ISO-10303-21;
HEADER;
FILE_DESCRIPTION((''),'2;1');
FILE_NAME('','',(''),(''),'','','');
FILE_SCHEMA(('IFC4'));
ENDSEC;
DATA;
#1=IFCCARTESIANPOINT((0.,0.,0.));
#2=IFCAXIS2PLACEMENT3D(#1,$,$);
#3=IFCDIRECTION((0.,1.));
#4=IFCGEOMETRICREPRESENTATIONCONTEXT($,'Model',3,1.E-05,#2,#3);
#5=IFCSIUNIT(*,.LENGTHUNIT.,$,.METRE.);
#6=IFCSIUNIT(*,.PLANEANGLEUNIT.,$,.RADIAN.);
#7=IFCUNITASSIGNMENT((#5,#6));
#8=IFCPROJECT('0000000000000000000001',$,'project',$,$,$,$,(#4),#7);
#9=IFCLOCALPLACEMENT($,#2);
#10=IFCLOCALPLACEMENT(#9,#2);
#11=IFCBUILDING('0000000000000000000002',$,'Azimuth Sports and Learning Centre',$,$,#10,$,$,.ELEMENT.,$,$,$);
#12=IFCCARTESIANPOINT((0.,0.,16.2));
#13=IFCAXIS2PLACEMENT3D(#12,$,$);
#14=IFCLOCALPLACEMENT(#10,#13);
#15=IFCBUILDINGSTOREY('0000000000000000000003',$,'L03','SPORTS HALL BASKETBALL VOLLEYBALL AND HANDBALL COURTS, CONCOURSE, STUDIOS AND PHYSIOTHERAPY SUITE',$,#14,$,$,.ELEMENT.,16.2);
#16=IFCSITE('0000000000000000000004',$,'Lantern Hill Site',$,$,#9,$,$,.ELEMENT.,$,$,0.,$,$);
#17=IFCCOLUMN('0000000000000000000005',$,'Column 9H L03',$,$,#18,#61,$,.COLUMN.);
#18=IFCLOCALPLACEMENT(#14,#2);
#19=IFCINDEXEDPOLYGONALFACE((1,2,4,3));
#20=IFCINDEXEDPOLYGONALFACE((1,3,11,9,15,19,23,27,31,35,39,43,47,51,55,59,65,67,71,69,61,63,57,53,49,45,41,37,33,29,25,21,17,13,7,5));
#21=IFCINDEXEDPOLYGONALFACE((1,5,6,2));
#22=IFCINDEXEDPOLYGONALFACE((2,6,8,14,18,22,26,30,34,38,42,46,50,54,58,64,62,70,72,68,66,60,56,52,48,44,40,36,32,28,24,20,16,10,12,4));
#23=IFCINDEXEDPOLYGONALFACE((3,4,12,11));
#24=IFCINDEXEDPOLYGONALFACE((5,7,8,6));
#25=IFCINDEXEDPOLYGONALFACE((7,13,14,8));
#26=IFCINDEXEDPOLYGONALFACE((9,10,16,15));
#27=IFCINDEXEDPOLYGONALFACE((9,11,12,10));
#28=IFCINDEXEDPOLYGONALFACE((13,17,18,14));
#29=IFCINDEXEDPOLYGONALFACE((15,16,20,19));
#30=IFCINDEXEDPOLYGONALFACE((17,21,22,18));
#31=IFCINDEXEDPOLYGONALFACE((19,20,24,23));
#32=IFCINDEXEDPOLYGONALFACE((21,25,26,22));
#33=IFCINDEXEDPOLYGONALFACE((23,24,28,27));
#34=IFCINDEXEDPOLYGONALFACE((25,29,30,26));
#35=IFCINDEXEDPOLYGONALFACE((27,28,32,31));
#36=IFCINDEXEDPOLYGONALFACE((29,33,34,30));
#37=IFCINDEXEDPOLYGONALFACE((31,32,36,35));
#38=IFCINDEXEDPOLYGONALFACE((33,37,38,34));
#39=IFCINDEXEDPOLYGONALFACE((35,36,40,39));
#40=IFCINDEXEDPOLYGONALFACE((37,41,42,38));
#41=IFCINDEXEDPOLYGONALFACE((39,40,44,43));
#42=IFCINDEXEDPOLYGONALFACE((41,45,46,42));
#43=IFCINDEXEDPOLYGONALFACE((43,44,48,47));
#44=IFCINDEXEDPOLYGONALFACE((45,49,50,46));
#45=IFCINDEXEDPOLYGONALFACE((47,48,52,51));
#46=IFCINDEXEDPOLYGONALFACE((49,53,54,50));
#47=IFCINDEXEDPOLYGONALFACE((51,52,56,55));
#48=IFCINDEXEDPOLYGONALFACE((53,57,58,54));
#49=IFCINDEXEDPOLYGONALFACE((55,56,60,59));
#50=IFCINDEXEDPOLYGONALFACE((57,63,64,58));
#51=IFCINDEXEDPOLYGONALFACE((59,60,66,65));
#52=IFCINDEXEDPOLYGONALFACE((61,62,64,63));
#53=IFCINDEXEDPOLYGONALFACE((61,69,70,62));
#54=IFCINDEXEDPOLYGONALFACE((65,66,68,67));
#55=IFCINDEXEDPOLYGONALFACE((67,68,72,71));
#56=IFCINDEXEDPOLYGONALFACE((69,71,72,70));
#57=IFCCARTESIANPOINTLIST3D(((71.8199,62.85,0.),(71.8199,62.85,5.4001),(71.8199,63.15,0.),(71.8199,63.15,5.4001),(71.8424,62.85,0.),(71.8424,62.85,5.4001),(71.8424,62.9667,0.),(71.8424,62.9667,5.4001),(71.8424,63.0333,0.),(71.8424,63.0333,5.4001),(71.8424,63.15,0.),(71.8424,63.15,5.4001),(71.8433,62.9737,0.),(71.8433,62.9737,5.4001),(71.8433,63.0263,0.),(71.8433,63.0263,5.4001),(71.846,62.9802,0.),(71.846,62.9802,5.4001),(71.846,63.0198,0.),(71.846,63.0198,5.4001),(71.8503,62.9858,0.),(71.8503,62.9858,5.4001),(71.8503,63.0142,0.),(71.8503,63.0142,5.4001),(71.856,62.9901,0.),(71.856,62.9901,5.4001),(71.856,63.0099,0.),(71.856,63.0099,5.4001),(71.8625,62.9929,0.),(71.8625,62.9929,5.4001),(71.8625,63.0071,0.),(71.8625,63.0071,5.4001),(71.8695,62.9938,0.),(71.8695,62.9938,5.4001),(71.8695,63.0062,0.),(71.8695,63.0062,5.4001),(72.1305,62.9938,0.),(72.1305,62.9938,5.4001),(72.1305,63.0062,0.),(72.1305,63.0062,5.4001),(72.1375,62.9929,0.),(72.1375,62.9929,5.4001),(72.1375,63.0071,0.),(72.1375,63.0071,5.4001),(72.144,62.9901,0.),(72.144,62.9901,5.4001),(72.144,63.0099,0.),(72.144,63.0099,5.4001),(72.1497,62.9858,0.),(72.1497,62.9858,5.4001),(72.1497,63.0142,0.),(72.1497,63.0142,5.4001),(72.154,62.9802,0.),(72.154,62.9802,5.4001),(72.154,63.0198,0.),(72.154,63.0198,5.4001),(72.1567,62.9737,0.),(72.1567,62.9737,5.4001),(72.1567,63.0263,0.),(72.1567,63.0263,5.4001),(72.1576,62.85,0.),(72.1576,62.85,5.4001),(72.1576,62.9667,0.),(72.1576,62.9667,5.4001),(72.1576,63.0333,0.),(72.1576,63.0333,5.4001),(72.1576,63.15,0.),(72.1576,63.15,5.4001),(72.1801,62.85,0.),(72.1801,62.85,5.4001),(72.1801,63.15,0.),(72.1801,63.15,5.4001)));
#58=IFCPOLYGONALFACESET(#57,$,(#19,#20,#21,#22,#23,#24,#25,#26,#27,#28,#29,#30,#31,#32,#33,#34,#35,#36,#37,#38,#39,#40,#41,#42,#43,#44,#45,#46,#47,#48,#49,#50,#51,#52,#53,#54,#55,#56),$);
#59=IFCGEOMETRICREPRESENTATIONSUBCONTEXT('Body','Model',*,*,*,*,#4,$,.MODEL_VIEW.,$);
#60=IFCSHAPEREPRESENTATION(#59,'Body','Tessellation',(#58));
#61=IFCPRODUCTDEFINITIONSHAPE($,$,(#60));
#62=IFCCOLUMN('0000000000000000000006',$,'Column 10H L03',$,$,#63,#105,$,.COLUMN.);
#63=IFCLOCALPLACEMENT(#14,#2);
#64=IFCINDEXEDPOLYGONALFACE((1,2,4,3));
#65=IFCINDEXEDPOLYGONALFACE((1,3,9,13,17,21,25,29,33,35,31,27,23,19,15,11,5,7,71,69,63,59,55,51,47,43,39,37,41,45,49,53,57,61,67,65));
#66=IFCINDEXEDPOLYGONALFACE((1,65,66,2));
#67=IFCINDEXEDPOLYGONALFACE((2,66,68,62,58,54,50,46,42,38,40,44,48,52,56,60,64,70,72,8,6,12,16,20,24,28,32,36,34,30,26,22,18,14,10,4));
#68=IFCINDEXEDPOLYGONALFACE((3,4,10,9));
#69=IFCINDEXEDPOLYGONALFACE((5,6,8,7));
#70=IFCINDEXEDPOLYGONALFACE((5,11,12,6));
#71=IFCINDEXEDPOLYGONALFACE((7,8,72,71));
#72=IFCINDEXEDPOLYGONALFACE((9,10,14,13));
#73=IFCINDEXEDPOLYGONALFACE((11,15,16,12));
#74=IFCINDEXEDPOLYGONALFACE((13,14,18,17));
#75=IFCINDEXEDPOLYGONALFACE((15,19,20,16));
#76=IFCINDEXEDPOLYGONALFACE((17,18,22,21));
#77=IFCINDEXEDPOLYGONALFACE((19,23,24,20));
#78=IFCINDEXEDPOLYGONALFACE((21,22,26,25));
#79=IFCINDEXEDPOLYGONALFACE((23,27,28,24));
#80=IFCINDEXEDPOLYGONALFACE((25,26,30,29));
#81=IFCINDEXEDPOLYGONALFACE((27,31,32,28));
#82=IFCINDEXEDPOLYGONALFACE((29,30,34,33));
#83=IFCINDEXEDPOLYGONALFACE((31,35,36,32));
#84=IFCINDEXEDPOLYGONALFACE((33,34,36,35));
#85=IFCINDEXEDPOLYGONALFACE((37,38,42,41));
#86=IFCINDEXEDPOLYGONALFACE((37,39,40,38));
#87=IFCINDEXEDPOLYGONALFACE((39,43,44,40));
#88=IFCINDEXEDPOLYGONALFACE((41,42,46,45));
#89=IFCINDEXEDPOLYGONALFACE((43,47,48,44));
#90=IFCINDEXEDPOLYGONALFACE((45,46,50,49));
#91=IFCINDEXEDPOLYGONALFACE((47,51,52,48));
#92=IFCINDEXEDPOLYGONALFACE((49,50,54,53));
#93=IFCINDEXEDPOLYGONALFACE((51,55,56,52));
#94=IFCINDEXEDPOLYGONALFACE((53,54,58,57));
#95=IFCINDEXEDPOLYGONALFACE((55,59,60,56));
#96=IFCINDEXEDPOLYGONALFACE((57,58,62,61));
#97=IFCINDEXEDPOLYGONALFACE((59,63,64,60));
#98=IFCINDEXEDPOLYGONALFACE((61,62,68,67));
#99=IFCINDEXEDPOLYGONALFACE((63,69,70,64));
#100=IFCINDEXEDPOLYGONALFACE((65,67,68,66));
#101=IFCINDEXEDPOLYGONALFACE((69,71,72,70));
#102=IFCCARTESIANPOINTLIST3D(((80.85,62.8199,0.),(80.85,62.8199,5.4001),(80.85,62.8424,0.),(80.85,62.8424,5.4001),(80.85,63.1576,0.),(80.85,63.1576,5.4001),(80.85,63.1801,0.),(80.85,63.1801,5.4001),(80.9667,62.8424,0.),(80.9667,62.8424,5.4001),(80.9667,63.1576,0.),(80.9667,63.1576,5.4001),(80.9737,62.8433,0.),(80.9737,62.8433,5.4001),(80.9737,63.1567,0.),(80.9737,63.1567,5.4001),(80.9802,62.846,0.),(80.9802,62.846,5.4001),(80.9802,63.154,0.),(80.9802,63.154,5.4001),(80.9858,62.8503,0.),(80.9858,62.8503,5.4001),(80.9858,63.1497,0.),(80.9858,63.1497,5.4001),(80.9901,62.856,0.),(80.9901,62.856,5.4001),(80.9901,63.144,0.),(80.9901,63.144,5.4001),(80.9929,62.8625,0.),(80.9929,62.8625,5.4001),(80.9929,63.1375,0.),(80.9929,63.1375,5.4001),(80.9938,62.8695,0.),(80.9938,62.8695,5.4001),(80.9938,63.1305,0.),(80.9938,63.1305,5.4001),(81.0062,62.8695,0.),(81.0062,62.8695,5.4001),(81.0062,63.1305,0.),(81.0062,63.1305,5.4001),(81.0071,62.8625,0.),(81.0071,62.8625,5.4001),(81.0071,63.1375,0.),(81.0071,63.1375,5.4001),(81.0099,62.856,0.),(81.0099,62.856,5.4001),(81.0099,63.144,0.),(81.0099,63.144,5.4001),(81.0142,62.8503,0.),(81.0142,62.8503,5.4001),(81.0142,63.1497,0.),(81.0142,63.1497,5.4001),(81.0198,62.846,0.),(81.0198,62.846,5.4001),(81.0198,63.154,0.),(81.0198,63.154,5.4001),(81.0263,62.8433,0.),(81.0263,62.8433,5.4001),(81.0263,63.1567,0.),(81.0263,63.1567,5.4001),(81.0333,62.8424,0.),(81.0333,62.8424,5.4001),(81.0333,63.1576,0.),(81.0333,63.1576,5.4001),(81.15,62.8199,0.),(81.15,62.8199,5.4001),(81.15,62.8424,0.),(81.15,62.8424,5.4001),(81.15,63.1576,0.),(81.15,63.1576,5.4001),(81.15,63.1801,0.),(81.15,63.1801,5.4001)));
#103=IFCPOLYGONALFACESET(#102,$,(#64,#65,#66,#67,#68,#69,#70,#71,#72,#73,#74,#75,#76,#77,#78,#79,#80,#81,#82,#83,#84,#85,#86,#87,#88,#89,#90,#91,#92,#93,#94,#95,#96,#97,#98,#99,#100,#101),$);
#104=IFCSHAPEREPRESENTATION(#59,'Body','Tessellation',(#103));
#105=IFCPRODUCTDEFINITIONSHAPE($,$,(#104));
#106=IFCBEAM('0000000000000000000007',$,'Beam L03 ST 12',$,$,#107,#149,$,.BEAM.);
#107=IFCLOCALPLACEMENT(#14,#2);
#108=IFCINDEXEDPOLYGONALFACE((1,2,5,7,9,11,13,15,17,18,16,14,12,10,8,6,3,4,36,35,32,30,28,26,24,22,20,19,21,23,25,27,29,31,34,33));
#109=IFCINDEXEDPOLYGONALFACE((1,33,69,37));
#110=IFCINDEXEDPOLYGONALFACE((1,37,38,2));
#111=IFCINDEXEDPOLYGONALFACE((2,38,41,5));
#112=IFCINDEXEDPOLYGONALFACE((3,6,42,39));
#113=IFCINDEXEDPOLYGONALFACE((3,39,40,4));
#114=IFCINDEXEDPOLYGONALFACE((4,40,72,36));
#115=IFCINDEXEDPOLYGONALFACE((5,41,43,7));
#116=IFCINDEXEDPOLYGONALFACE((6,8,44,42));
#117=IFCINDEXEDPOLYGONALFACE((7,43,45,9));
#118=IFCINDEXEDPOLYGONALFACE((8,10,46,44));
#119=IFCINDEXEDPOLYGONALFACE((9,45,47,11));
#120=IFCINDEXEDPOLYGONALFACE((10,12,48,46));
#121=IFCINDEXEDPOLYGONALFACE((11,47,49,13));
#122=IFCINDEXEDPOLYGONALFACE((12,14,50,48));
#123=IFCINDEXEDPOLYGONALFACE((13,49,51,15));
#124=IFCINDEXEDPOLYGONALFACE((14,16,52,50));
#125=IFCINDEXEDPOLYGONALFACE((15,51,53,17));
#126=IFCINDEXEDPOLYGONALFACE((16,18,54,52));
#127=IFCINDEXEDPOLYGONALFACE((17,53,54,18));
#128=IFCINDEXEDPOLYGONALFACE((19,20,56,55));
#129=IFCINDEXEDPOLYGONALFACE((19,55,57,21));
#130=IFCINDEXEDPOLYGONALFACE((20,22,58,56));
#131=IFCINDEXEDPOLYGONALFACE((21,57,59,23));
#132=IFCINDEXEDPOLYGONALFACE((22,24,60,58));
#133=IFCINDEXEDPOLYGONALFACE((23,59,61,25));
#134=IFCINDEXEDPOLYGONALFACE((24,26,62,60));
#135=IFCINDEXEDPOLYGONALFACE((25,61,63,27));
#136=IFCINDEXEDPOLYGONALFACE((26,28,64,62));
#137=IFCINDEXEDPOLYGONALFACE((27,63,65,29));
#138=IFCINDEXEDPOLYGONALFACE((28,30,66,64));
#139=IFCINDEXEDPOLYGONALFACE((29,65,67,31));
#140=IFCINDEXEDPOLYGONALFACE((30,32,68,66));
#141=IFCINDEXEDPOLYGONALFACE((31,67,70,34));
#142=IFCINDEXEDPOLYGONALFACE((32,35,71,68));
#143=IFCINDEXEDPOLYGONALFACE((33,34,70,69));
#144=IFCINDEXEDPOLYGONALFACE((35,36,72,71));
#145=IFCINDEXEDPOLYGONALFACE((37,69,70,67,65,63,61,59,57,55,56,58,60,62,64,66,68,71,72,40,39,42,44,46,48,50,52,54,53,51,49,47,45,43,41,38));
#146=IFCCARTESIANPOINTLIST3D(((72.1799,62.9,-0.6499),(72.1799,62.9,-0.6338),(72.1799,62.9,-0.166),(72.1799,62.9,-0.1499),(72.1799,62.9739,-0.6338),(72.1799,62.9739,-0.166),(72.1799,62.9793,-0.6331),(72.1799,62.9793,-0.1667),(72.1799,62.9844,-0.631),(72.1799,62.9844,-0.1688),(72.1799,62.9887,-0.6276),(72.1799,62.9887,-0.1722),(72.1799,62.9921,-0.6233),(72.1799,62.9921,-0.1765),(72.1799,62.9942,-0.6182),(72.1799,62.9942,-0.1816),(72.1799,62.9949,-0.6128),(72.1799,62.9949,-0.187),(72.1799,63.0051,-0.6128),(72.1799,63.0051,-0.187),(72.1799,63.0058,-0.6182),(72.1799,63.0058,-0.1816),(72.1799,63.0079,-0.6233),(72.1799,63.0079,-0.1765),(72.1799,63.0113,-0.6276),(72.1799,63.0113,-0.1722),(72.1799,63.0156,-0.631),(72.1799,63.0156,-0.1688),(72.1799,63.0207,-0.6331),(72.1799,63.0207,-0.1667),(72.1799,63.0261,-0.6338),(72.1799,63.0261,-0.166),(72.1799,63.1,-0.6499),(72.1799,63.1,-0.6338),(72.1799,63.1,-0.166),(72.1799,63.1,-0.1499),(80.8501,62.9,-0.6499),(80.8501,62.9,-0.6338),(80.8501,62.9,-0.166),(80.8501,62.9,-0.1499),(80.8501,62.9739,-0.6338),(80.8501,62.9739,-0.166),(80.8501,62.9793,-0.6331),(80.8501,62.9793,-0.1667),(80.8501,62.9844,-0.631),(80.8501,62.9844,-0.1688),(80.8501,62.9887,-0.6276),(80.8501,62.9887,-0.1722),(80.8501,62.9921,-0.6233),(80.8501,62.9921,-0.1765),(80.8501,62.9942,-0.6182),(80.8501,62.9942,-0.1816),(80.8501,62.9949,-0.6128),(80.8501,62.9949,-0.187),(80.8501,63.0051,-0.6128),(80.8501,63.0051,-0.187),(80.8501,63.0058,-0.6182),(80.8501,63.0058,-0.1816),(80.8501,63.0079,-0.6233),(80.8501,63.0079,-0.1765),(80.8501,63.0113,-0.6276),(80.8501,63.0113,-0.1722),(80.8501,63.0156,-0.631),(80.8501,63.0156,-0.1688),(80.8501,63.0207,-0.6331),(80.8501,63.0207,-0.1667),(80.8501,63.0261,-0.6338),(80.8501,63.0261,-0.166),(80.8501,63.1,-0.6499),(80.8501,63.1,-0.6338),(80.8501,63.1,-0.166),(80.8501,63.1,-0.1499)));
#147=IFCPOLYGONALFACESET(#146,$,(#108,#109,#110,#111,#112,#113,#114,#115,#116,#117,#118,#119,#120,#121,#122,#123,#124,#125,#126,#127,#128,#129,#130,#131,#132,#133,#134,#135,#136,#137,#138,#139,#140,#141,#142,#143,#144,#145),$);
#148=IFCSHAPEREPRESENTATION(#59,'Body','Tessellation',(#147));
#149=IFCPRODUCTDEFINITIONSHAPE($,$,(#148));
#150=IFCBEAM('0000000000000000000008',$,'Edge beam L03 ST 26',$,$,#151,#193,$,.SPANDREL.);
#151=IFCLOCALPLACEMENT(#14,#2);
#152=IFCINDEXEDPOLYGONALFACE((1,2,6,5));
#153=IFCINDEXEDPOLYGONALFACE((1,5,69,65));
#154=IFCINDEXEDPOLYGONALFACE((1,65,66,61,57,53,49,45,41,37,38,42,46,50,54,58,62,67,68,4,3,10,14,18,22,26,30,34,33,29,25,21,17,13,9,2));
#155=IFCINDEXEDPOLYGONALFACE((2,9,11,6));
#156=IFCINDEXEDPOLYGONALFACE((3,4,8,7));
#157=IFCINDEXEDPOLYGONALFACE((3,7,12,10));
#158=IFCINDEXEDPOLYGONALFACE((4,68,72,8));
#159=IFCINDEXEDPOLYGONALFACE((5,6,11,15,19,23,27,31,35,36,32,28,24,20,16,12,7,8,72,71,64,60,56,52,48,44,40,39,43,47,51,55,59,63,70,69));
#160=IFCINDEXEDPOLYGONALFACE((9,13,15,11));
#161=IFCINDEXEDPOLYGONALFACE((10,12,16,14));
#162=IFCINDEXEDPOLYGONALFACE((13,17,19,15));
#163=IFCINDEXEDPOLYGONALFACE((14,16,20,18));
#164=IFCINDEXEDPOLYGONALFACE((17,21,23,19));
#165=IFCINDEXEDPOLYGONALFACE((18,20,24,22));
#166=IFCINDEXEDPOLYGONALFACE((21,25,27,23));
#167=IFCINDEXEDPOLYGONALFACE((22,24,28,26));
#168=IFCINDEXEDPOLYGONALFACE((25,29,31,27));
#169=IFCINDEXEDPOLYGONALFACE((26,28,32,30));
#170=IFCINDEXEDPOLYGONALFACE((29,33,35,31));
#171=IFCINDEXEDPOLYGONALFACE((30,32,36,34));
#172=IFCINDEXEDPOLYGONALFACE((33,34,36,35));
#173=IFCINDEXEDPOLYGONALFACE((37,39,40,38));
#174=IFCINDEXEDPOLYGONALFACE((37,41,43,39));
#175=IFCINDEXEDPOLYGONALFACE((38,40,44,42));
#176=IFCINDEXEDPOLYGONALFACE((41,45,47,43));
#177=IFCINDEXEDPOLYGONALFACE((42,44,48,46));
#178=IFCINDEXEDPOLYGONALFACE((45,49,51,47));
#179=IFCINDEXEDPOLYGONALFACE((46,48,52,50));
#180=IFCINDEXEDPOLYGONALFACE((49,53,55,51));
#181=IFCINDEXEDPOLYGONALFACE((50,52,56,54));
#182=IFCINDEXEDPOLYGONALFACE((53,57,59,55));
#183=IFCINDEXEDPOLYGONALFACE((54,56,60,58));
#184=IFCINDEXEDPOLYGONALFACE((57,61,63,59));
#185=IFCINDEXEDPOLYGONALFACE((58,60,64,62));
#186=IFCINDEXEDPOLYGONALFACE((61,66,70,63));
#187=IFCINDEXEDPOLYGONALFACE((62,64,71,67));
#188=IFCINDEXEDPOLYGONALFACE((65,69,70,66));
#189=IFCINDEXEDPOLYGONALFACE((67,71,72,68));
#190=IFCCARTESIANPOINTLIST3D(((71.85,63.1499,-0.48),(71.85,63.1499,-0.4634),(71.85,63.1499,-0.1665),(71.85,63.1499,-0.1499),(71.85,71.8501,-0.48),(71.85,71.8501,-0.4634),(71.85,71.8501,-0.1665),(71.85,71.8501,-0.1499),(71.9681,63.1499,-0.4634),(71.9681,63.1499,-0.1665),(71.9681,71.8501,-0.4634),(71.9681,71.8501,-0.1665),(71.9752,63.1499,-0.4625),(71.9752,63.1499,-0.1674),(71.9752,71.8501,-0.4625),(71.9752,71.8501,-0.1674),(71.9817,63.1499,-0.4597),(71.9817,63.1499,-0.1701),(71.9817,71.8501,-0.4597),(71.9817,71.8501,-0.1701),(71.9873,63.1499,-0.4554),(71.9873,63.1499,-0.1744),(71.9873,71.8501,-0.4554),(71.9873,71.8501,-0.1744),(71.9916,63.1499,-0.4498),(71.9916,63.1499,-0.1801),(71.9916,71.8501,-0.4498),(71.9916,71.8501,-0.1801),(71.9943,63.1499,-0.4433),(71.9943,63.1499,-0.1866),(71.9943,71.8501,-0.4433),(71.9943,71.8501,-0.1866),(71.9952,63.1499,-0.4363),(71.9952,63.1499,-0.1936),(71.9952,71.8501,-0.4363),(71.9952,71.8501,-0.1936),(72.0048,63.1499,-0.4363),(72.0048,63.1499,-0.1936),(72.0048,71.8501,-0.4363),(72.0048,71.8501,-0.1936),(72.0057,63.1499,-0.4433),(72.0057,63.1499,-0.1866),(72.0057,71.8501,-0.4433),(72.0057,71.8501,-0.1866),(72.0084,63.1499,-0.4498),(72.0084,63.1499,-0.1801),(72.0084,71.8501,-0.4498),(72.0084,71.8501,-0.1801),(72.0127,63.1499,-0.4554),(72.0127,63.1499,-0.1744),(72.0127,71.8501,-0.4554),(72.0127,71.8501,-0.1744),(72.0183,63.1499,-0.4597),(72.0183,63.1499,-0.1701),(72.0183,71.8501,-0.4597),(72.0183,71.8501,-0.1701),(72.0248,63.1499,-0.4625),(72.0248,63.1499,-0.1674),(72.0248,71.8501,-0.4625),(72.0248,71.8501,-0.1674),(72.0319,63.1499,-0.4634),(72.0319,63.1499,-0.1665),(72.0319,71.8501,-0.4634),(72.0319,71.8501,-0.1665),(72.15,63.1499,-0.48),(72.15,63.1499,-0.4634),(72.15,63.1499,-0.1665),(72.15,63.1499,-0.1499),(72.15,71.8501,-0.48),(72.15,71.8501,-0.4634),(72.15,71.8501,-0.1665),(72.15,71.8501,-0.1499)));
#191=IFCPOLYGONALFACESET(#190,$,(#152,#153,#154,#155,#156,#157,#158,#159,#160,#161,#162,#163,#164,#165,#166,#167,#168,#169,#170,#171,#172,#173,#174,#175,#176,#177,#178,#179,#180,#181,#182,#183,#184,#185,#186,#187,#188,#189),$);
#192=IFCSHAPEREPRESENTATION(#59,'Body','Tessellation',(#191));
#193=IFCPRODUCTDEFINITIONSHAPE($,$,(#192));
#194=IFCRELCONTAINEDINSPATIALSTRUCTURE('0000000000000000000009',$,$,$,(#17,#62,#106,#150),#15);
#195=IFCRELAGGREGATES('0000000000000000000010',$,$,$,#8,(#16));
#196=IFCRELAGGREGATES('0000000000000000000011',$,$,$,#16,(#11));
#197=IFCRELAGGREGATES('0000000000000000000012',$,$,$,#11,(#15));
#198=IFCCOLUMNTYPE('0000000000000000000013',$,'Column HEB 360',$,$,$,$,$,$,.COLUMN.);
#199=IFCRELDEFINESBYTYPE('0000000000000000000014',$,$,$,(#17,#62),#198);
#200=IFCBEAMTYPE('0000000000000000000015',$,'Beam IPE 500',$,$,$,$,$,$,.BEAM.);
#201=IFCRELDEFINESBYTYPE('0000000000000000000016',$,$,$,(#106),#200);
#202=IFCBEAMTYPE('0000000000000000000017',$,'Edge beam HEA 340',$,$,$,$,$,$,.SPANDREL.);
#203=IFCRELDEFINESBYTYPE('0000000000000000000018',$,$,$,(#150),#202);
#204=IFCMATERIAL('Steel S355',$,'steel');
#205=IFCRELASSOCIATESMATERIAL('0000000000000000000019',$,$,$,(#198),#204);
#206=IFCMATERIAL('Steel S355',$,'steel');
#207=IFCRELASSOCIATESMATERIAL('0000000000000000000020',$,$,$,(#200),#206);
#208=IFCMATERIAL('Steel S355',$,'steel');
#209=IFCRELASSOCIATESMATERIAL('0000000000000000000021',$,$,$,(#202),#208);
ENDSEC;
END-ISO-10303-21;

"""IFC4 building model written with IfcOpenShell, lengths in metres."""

from ifc_helpers import new_model, si_unit, direction, frame, origin, origin_2d, place, context, subcontext, project, spatial, i_section, extrude, material, material_profile, profile_set, type_object, element, save


model = new_model("IFC4")

# Units and contexts
model_context = context("Model", 3, precision=1e-05, world=origin(), true_north=direction((0.0, 1.0)))
body_context = subcontext(model_context, "Body", "Model", "MODEL_VIEW")
ifc_project = project(units=[si_unit("LENGTHUNIT", "METRE"), si_unit("PLANEANGLEUNIT", "RADIAN")], contexts=[model_context])

# Site, building, storey
site_placement = place(None, origin())
site = spatial("IfcSite", under=ifc_project, at=site_placement, Name="Lantern Hill Site", CompositionType="ELEMENT", RefElevation=0.0)
building_placement = place(site_placement, origin())
building = spatial("IfcBuilding", under=site, at=building_placement, Name="Azimuth Sports and Learning Centre", CompositionType="ELEMENT")
storey_placement = place(building_placement, frame((0.0, 0.0, 16.2)))
storey = spatial("IfcBuildingStorey", under=building, at=storey_placement, Name="L03", Description="SPORTS HALL BASKETBALL VOLLEYBALL AND HANDBALL COURTS, CONCOURSE, STUDIOS AND PHYSIOTHERAPY SUITE", CompositionType="ELEMENT", Elevation=16.2)

# Columns
ifc_material_1 = material(Name="Steel S355", Category="steel")
ifc_material_profile_1 = material_profile(ifc_material_1, i_section(OverallWidth=0.3, OverallDepth=0.3601, WebThickness=0.0125, FlangeThickness=0.0225, FilletRadius=0.0271, at=origin_2d()), Name="HEB 360")
ifc_profile_set_1 = profile_set([ifc_material_profile_1], Name="Steel S355")
column_type = type_object("IfcColumnType", Name="Column HEB 360", PredefinedType="COLUMN", material=ifc_profile_set_1)
for number, where, z_axis, x_axis, name in (
    (1, (72.0, 63.0, 0.0), (0.0, 0.0, 1.0), (0.0, 1.0, 0.0), "Column 9H L03"),
    (2, (81.0, 63.0, 0.0), (0.0, 0.0, 1.0), (1.0, 0.0, 0.0), "Column 10H L03"),
):
    element("IfcColumn", number, at=place(storey_placement, frame(where, z_axis=z_axis, x_axis=x_axis)), inside=storey, type_object=column_type, Name=name, PredefinedType="COLUMN", context=body_context, shape_type="SweptSolid", body=[
        extrude(i_section(OverallWidth=0.3, OverallDepth=0.3601, WebThickness=0.0125, FlangeThickness=0.0225, FilletRadius=0.0271, at=origin_2d()), origin(), (0.0, 0.0, 1.0), 5.4001),
    ])

# Beams
ifc_material_2 = material(Name="Steel S355", Category="steel")
ifc_material_profile_2 = material_profile(ifc_material_2, i_section(OverallWidth=0.2, OverallDepth=0.5, WebThickness=0.0103, FlangeThickness=0.0161, FilletRadius=0.021, at=origin_2d()), Name="IPE 500")
ifc_profile_set_2 = profile_set([ifc_material_profile_2], Name="Steel S355")
beam_type_1 = type_object("IfcBeamType", Name="Beam IPE 500", PredefinedType="BEAM", material=ifc_profile_set_2)
beam_1_placement = place(storey_placement, frame((72.1799, 63.0, -0.3999), z_axis=(1.0, 0.0, 0.0), x_axis=(0.0, 1.0, 0.0)))
element("IfcBeam", 3, at=beam_1_placement, inside=storey, type_object=beam_type_1, Name="Beam L03 ST 12", PredefinedType="BEAM", context=body_context, shape_type="SweptSolid", body=[
    extrude(i_section(OverallWidth=0.2, OverallDepth=0.5, WebThickness=0.0103, FlangeThickness=0.0161, FilletRadius=0.021, at=origin_2d()), origin(), (0.0, 0.0, 1.0), 8.6702),
])
ifc_material_3 = material(Name="Steel S355", Category="steel")
ifc_material_profile_3 = material_profile(ifc_material_3, i_section(OverallWidth=0.3, OverallDepth=0.3301, WebThickness=0.0095, FlangeThickness=0.0166, FilletRadius=0.0271, at=origin_2d()), Name="HEA 340")
ifc_profile_set_3 = profile_set([ifc_material_profile_3], Name="Steel S355")
beam_type_2 = type_object("IfcBeamType", Name="Edge beam HEA 340", PredefinedType="SPANDREL", material=ifc_profile_set_3)
beam_2_placement = place(storey_placement, frame((72.0, 63.1499, -0.3149), z_axis=(0.0, 1.0, 0.0), x_axis=(-1.0, 0.0, 0.0)))
element("IfcBeam", 4, at=beam_2_placement, inside=storey, type_object=beam_type_2, Name="Edge beam L03 ST 26", PredefinedType="SPANDREL", context=body_context, shape_type="SweptSolid", body=[
    extrude(i_section(OverallWidth=0.3, OverallDepth=0.3301, WebThickness=0.0095, FlangeThickness=0.0166, FilletRadius=0.0271, at=origin_2d()), origin(), (0.0, 0.0, 1.0), 8.7002),
])

save(model, "model.ifc")
